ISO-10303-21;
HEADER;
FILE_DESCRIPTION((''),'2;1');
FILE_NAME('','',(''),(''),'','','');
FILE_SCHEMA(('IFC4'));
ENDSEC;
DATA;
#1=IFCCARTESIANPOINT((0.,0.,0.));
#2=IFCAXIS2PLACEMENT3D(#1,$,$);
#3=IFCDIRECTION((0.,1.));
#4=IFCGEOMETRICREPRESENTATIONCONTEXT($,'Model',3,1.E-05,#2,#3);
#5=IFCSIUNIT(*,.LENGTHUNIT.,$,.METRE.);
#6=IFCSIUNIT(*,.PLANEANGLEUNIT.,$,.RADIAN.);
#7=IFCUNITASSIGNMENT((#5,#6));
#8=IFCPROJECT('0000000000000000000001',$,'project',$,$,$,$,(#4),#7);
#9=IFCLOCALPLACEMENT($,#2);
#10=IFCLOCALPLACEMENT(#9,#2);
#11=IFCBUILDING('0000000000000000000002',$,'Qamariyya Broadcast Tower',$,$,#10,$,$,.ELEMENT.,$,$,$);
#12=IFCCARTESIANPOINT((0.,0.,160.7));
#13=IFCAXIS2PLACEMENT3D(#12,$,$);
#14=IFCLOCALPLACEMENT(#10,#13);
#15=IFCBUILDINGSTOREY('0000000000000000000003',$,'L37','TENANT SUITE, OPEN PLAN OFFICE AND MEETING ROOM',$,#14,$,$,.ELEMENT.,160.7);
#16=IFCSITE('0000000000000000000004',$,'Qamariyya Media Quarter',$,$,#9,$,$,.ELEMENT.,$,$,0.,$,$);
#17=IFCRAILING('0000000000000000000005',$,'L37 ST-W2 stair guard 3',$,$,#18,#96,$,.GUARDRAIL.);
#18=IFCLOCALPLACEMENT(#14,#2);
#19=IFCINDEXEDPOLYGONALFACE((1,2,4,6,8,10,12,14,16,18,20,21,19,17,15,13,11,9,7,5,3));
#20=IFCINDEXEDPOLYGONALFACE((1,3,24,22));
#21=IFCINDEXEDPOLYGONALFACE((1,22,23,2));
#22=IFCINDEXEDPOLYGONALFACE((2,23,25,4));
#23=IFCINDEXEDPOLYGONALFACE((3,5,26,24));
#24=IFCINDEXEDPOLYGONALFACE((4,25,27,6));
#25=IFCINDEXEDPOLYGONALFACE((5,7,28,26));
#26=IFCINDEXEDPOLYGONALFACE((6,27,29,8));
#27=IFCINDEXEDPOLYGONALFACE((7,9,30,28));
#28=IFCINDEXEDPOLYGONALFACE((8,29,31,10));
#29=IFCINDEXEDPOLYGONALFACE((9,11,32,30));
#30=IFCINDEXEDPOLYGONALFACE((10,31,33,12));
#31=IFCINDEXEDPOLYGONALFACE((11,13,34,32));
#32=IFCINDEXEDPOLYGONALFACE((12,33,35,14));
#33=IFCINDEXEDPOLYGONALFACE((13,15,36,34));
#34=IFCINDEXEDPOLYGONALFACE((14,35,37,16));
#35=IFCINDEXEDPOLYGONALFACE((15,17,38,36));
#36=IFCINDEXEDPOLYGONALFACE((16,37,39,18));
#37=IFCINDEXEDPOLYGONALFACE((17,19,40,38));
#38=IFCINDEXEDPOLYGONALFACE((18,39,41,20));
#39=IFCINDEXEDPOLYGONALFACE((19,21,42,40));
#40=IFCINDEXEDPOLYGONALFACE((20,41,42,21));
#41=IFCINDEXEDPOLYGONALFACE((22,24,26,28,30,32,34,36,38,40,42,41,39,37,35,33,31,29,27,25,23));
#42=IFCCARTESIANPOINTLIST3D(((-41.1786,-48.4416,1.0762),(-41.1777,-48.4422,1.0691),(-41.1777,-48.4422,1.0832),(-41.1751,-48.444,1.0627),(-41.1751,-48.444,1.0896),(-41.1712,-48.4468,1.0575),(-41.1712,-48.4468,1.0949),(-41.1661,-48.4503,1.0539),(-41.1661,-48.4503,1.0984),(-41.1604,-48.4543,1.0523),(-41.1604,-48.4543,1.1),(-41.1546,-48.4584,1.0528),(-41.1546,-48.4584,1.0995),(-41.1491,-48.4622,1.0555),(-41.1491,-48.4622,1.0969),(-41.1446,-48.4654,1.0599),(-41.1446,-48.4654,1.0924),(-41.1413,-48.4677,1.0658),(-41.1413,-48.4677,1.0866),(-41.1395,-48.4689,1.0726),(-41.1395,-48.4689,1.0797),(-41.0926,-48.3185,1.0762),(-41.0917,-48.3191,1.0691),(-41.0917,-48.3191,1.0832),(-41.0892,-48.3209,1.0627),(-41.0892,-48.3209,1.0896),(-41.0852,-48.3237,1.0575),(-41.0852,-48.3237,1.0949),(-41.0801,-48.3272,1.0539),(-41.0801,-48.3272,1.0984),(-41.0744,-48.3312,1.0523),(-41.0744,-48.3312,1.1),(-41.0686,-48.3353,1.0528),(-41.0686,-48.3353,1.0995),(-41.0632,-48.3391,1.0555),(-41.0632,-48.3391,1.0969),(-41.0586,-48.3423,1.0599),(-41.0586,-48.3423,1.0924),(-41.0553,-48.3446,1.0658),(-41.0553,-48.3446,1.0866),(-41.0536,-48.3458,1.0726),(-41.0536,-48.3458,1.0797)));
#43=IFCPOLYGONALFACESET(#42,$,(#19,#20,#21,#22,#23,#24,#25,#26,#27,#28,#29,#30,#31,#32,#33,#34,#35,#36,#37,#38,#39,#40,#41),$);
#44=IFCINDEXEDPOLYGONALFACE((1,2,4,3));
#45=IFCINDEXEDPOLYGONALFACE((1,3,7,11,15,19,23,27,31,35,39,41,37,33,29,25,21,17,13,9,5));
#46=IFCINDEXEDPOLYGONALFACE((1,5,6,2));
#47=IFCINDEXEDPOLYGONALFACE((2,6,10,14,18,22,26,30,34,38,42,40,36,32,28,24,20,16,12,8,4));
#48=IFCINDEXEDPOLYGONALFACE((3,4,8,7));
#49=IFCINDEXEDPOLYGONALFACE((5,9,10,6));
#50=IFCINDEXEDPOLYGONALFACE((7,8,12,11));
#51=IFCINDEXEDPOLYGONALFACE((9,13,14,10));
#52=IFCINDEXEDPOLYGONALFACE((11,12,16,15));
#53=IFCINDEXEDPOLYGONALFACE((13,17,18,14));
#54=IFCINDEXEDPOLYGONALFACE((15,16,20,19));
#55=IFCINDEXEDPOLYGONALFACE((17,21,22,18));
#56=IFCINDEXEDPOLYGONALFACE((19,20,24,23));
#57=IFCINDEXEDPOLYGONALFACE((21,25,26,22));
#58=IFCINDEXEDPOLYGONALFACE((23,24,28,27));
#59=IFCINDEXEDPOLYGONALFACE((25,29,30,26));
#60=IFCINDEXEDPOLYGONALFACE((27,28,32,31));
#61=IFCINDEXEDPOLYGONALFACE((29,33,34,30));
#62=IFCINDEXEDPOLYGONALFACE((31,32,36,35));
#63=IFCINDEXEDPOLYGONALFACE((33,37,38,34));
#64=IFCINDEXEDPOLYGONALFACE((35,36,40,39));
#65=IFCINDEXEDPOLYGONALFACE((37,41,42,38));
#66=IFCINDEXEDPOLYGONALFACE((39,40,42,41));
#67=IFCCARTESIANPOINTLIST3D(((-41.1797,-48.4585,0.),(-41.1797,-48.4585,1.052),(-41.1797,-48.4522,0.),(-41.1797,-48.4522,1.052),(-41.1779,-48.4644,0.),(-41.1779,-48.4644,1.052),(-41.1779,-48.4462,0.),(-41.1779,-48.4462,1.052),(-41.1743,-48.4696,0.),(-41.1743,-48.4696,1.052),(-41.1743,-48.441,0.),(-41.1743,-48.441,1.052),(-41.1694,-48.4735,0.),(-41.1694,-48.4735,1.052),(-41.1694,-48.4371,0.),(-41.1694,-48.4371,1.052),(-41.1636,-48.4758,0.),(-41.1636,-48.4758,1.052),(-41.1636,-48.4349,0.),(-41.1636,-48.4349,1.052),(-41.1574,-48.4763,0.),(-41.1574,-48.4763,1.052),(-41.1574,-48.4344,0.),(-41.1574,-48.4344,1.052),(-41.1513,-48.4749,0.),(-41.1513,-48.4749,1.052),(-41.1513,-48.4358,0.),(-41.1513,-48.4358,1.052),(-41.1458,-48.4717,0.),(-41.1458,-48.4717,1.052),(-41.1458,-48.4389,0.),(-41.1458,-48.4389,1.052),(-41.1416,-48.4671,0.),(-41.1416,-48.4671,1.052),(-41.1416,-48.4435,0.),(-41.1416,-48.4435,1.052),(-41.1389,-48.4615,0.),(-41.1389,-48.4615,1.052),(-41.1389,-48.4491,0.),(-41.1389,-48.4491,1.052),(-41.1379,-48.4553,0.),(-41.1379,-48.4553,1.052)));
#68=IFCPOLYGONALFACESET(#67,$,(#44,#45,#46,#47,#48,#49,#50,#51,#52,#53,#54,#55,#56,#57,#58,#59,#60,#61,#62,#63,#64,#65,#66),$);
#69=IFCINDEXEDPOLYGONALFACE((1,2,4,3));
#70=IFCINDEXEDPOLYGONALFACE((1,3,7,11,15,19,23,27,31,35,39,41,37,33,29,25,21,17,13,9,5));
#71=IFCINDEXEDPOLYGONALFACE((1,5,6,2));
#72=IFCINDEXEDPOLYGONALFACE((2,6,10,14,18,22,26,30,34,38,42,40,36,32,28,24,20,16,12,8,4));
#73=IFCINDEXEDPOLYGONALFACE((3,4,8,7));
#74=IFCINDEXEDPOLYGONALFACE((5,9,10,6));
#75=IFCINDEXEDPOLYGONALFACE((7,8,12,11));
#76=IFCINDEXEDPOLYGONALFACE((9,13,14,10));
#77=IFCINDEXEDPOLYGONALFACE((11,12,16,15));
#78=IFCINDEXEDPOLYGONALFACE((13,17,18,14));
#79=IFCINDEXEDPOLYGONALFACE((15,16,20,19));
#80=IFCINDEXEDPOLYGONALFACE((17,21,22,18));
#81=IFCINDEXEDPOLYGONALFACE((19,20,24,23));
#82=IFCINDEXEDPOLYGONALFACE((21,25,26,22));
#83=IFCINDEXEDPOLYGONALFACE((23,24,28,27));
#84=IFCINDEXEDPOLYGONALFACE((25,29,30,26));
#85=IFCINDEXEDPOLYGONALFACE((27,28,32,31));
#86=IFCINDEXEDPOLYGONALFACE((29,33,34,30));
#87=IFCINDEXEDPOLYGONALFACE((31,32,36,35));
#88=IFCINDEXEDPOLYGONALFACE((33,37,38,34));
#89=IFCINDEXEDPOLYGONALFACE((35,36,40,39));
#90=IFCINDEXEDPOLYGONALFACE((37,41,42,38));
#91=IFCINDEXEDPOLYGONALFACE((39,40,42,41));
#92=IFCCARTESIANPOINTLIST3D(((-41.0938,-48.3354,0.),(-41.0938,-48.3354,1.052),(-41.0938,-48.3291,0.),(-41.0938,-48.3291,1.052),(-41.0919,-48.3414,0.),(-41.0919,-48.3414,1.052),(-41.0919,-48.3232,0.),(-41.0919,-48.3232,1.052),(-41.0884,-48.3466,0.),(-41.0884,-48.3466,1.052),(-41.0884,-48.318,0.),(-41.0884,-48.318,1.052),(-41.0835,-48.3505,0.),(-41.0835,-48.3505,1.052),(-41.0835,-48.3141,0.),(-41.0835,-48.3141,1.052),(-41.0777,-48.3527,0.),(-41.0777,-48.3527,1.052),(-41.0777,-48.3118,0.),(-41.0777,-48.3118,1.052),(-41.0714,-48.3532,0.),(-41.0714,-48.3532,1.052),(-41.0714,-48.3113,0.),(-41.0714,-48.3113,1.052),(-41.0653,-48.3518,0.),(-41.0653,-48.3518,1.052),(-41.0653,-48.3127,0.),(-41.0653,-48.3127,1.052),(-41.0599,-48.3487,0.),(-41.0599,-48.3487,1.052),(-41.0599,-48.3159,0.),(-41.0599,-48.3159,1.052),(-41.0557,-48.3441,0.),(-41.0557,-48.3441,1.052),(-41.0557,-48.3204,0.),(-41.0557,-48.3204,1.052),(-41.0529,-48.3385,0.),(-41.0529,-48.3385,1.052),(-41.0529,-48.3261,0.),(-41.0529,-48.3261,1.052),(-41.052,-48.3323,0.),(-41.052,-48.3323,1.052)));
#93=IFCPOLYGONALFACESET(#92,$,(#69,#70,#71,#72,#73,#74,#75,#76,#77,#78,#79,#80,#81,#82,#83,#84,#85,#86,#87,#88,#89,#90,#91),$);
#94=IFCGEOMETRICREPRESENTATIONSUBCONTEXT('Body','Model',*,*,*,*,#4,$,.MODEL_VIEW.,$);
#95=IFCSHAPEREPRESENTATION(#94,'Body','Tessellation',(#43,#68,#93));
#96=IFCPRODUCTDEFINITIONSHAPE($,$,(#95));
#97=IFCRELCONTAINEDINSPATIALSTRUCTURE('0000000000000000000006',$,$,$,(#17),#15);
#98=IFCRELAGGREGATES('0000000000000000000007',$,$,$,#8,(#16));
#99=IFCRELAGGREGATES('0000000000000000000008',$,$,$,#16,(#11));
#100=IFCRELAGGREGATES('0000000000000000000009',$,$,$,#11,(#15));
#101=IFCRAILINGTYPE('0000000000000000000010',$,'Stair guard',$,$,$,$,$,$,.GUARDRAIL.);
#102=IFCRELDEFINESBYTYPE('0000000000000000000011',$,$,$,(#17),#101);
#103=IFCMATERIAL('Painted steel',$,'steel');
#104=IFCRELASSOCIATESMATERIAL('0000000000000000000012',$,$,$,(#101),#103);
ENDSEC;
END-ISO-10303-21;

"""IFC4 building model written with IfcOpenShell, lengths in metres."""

from ifc_helpers import new_model, si_unit, direction, frame, origin, origin_2d, place, context, subcontext, project, spatial, circle, extrude, material, type_object, element, save


model = new_model("IFC4")

# Units and contexts
model_context = context("Model", 3, precision=1e-05, world=origin(), true_north=direction((0.0, 1.0)))
body_context = subcontext(model_context, "Body", "Model", "MODEL_VIEW")
ifc_project = project(units=[si_unit("LENGTHUNIT", "METRE"), si_unit("PLANEANGLEUNIT", "RADIAN")], contexts=[model_context])

# Site, building, storey
site_placement = place(None, origin())
site = spatial("IfcSite", under=ifc_project, at=site_placement, Name="Qamariyya Media Quarter", CompositionType="ELEMENT", RefElevation=0.0)
building_placement = place(site_placement, origin())
building = spatial("IfcBuilding", under=site, at=building_placement, Name="Qamariyya Broadcast Tower", CompositionType="ELEMENT")
storey_placement = place(building_placement, frame((0.0, 0.0, 160.7)))
storey = spatial("IfcBuildingStorey", under=building, at=storey_placement, Name="L37", Description="TENANT SUITE, OPEN PLAN OFFICE AND MEETING ROOM", CompositionType="ELEMENT", Elevation=160.7)

# Railing
ifc_material_1 = material(Name="Painted steel", Category="steel")
railing_type_1 = type_object("IfcRailingType", Name="Stair guard", PredefinedType="GUARDRAIL", material=ifc_material_1)
railing_1_placement = place(storey_placement, frame((-41.1589, -48.4553, 0.0)))
element("IfcRailing", 1, at=railing_1_placement, inside=storey, type_object=railing_type_1, Name="L37 ST-W2 stair guard 3", PredefinedType="GUARDRAIL", context=body_context, shape_type="SweptSolid", body=[
    extrude(circle(Radius=0.0239, at=origin_2d()), frame((0.0, 0.0, 1.0762), z_axis=(0.572589, 0.819843, 0.0), x_axis=(-0.819843, 0.572589, 0.0)), (0.0, 0.0, 1.0), 0.1501),
    extrude(circle(Radius=0.021, at=origin_2d()), origin(), (0.0, 0.0, 1.0), 1.052),
    extrude(circle(Radius=0.021, at=origin_2d()), frame((0.0859, 0.123, 0.0)), (0.0, 0.0, 1.0), 1.052),
])

save(model, "model.ifc")
